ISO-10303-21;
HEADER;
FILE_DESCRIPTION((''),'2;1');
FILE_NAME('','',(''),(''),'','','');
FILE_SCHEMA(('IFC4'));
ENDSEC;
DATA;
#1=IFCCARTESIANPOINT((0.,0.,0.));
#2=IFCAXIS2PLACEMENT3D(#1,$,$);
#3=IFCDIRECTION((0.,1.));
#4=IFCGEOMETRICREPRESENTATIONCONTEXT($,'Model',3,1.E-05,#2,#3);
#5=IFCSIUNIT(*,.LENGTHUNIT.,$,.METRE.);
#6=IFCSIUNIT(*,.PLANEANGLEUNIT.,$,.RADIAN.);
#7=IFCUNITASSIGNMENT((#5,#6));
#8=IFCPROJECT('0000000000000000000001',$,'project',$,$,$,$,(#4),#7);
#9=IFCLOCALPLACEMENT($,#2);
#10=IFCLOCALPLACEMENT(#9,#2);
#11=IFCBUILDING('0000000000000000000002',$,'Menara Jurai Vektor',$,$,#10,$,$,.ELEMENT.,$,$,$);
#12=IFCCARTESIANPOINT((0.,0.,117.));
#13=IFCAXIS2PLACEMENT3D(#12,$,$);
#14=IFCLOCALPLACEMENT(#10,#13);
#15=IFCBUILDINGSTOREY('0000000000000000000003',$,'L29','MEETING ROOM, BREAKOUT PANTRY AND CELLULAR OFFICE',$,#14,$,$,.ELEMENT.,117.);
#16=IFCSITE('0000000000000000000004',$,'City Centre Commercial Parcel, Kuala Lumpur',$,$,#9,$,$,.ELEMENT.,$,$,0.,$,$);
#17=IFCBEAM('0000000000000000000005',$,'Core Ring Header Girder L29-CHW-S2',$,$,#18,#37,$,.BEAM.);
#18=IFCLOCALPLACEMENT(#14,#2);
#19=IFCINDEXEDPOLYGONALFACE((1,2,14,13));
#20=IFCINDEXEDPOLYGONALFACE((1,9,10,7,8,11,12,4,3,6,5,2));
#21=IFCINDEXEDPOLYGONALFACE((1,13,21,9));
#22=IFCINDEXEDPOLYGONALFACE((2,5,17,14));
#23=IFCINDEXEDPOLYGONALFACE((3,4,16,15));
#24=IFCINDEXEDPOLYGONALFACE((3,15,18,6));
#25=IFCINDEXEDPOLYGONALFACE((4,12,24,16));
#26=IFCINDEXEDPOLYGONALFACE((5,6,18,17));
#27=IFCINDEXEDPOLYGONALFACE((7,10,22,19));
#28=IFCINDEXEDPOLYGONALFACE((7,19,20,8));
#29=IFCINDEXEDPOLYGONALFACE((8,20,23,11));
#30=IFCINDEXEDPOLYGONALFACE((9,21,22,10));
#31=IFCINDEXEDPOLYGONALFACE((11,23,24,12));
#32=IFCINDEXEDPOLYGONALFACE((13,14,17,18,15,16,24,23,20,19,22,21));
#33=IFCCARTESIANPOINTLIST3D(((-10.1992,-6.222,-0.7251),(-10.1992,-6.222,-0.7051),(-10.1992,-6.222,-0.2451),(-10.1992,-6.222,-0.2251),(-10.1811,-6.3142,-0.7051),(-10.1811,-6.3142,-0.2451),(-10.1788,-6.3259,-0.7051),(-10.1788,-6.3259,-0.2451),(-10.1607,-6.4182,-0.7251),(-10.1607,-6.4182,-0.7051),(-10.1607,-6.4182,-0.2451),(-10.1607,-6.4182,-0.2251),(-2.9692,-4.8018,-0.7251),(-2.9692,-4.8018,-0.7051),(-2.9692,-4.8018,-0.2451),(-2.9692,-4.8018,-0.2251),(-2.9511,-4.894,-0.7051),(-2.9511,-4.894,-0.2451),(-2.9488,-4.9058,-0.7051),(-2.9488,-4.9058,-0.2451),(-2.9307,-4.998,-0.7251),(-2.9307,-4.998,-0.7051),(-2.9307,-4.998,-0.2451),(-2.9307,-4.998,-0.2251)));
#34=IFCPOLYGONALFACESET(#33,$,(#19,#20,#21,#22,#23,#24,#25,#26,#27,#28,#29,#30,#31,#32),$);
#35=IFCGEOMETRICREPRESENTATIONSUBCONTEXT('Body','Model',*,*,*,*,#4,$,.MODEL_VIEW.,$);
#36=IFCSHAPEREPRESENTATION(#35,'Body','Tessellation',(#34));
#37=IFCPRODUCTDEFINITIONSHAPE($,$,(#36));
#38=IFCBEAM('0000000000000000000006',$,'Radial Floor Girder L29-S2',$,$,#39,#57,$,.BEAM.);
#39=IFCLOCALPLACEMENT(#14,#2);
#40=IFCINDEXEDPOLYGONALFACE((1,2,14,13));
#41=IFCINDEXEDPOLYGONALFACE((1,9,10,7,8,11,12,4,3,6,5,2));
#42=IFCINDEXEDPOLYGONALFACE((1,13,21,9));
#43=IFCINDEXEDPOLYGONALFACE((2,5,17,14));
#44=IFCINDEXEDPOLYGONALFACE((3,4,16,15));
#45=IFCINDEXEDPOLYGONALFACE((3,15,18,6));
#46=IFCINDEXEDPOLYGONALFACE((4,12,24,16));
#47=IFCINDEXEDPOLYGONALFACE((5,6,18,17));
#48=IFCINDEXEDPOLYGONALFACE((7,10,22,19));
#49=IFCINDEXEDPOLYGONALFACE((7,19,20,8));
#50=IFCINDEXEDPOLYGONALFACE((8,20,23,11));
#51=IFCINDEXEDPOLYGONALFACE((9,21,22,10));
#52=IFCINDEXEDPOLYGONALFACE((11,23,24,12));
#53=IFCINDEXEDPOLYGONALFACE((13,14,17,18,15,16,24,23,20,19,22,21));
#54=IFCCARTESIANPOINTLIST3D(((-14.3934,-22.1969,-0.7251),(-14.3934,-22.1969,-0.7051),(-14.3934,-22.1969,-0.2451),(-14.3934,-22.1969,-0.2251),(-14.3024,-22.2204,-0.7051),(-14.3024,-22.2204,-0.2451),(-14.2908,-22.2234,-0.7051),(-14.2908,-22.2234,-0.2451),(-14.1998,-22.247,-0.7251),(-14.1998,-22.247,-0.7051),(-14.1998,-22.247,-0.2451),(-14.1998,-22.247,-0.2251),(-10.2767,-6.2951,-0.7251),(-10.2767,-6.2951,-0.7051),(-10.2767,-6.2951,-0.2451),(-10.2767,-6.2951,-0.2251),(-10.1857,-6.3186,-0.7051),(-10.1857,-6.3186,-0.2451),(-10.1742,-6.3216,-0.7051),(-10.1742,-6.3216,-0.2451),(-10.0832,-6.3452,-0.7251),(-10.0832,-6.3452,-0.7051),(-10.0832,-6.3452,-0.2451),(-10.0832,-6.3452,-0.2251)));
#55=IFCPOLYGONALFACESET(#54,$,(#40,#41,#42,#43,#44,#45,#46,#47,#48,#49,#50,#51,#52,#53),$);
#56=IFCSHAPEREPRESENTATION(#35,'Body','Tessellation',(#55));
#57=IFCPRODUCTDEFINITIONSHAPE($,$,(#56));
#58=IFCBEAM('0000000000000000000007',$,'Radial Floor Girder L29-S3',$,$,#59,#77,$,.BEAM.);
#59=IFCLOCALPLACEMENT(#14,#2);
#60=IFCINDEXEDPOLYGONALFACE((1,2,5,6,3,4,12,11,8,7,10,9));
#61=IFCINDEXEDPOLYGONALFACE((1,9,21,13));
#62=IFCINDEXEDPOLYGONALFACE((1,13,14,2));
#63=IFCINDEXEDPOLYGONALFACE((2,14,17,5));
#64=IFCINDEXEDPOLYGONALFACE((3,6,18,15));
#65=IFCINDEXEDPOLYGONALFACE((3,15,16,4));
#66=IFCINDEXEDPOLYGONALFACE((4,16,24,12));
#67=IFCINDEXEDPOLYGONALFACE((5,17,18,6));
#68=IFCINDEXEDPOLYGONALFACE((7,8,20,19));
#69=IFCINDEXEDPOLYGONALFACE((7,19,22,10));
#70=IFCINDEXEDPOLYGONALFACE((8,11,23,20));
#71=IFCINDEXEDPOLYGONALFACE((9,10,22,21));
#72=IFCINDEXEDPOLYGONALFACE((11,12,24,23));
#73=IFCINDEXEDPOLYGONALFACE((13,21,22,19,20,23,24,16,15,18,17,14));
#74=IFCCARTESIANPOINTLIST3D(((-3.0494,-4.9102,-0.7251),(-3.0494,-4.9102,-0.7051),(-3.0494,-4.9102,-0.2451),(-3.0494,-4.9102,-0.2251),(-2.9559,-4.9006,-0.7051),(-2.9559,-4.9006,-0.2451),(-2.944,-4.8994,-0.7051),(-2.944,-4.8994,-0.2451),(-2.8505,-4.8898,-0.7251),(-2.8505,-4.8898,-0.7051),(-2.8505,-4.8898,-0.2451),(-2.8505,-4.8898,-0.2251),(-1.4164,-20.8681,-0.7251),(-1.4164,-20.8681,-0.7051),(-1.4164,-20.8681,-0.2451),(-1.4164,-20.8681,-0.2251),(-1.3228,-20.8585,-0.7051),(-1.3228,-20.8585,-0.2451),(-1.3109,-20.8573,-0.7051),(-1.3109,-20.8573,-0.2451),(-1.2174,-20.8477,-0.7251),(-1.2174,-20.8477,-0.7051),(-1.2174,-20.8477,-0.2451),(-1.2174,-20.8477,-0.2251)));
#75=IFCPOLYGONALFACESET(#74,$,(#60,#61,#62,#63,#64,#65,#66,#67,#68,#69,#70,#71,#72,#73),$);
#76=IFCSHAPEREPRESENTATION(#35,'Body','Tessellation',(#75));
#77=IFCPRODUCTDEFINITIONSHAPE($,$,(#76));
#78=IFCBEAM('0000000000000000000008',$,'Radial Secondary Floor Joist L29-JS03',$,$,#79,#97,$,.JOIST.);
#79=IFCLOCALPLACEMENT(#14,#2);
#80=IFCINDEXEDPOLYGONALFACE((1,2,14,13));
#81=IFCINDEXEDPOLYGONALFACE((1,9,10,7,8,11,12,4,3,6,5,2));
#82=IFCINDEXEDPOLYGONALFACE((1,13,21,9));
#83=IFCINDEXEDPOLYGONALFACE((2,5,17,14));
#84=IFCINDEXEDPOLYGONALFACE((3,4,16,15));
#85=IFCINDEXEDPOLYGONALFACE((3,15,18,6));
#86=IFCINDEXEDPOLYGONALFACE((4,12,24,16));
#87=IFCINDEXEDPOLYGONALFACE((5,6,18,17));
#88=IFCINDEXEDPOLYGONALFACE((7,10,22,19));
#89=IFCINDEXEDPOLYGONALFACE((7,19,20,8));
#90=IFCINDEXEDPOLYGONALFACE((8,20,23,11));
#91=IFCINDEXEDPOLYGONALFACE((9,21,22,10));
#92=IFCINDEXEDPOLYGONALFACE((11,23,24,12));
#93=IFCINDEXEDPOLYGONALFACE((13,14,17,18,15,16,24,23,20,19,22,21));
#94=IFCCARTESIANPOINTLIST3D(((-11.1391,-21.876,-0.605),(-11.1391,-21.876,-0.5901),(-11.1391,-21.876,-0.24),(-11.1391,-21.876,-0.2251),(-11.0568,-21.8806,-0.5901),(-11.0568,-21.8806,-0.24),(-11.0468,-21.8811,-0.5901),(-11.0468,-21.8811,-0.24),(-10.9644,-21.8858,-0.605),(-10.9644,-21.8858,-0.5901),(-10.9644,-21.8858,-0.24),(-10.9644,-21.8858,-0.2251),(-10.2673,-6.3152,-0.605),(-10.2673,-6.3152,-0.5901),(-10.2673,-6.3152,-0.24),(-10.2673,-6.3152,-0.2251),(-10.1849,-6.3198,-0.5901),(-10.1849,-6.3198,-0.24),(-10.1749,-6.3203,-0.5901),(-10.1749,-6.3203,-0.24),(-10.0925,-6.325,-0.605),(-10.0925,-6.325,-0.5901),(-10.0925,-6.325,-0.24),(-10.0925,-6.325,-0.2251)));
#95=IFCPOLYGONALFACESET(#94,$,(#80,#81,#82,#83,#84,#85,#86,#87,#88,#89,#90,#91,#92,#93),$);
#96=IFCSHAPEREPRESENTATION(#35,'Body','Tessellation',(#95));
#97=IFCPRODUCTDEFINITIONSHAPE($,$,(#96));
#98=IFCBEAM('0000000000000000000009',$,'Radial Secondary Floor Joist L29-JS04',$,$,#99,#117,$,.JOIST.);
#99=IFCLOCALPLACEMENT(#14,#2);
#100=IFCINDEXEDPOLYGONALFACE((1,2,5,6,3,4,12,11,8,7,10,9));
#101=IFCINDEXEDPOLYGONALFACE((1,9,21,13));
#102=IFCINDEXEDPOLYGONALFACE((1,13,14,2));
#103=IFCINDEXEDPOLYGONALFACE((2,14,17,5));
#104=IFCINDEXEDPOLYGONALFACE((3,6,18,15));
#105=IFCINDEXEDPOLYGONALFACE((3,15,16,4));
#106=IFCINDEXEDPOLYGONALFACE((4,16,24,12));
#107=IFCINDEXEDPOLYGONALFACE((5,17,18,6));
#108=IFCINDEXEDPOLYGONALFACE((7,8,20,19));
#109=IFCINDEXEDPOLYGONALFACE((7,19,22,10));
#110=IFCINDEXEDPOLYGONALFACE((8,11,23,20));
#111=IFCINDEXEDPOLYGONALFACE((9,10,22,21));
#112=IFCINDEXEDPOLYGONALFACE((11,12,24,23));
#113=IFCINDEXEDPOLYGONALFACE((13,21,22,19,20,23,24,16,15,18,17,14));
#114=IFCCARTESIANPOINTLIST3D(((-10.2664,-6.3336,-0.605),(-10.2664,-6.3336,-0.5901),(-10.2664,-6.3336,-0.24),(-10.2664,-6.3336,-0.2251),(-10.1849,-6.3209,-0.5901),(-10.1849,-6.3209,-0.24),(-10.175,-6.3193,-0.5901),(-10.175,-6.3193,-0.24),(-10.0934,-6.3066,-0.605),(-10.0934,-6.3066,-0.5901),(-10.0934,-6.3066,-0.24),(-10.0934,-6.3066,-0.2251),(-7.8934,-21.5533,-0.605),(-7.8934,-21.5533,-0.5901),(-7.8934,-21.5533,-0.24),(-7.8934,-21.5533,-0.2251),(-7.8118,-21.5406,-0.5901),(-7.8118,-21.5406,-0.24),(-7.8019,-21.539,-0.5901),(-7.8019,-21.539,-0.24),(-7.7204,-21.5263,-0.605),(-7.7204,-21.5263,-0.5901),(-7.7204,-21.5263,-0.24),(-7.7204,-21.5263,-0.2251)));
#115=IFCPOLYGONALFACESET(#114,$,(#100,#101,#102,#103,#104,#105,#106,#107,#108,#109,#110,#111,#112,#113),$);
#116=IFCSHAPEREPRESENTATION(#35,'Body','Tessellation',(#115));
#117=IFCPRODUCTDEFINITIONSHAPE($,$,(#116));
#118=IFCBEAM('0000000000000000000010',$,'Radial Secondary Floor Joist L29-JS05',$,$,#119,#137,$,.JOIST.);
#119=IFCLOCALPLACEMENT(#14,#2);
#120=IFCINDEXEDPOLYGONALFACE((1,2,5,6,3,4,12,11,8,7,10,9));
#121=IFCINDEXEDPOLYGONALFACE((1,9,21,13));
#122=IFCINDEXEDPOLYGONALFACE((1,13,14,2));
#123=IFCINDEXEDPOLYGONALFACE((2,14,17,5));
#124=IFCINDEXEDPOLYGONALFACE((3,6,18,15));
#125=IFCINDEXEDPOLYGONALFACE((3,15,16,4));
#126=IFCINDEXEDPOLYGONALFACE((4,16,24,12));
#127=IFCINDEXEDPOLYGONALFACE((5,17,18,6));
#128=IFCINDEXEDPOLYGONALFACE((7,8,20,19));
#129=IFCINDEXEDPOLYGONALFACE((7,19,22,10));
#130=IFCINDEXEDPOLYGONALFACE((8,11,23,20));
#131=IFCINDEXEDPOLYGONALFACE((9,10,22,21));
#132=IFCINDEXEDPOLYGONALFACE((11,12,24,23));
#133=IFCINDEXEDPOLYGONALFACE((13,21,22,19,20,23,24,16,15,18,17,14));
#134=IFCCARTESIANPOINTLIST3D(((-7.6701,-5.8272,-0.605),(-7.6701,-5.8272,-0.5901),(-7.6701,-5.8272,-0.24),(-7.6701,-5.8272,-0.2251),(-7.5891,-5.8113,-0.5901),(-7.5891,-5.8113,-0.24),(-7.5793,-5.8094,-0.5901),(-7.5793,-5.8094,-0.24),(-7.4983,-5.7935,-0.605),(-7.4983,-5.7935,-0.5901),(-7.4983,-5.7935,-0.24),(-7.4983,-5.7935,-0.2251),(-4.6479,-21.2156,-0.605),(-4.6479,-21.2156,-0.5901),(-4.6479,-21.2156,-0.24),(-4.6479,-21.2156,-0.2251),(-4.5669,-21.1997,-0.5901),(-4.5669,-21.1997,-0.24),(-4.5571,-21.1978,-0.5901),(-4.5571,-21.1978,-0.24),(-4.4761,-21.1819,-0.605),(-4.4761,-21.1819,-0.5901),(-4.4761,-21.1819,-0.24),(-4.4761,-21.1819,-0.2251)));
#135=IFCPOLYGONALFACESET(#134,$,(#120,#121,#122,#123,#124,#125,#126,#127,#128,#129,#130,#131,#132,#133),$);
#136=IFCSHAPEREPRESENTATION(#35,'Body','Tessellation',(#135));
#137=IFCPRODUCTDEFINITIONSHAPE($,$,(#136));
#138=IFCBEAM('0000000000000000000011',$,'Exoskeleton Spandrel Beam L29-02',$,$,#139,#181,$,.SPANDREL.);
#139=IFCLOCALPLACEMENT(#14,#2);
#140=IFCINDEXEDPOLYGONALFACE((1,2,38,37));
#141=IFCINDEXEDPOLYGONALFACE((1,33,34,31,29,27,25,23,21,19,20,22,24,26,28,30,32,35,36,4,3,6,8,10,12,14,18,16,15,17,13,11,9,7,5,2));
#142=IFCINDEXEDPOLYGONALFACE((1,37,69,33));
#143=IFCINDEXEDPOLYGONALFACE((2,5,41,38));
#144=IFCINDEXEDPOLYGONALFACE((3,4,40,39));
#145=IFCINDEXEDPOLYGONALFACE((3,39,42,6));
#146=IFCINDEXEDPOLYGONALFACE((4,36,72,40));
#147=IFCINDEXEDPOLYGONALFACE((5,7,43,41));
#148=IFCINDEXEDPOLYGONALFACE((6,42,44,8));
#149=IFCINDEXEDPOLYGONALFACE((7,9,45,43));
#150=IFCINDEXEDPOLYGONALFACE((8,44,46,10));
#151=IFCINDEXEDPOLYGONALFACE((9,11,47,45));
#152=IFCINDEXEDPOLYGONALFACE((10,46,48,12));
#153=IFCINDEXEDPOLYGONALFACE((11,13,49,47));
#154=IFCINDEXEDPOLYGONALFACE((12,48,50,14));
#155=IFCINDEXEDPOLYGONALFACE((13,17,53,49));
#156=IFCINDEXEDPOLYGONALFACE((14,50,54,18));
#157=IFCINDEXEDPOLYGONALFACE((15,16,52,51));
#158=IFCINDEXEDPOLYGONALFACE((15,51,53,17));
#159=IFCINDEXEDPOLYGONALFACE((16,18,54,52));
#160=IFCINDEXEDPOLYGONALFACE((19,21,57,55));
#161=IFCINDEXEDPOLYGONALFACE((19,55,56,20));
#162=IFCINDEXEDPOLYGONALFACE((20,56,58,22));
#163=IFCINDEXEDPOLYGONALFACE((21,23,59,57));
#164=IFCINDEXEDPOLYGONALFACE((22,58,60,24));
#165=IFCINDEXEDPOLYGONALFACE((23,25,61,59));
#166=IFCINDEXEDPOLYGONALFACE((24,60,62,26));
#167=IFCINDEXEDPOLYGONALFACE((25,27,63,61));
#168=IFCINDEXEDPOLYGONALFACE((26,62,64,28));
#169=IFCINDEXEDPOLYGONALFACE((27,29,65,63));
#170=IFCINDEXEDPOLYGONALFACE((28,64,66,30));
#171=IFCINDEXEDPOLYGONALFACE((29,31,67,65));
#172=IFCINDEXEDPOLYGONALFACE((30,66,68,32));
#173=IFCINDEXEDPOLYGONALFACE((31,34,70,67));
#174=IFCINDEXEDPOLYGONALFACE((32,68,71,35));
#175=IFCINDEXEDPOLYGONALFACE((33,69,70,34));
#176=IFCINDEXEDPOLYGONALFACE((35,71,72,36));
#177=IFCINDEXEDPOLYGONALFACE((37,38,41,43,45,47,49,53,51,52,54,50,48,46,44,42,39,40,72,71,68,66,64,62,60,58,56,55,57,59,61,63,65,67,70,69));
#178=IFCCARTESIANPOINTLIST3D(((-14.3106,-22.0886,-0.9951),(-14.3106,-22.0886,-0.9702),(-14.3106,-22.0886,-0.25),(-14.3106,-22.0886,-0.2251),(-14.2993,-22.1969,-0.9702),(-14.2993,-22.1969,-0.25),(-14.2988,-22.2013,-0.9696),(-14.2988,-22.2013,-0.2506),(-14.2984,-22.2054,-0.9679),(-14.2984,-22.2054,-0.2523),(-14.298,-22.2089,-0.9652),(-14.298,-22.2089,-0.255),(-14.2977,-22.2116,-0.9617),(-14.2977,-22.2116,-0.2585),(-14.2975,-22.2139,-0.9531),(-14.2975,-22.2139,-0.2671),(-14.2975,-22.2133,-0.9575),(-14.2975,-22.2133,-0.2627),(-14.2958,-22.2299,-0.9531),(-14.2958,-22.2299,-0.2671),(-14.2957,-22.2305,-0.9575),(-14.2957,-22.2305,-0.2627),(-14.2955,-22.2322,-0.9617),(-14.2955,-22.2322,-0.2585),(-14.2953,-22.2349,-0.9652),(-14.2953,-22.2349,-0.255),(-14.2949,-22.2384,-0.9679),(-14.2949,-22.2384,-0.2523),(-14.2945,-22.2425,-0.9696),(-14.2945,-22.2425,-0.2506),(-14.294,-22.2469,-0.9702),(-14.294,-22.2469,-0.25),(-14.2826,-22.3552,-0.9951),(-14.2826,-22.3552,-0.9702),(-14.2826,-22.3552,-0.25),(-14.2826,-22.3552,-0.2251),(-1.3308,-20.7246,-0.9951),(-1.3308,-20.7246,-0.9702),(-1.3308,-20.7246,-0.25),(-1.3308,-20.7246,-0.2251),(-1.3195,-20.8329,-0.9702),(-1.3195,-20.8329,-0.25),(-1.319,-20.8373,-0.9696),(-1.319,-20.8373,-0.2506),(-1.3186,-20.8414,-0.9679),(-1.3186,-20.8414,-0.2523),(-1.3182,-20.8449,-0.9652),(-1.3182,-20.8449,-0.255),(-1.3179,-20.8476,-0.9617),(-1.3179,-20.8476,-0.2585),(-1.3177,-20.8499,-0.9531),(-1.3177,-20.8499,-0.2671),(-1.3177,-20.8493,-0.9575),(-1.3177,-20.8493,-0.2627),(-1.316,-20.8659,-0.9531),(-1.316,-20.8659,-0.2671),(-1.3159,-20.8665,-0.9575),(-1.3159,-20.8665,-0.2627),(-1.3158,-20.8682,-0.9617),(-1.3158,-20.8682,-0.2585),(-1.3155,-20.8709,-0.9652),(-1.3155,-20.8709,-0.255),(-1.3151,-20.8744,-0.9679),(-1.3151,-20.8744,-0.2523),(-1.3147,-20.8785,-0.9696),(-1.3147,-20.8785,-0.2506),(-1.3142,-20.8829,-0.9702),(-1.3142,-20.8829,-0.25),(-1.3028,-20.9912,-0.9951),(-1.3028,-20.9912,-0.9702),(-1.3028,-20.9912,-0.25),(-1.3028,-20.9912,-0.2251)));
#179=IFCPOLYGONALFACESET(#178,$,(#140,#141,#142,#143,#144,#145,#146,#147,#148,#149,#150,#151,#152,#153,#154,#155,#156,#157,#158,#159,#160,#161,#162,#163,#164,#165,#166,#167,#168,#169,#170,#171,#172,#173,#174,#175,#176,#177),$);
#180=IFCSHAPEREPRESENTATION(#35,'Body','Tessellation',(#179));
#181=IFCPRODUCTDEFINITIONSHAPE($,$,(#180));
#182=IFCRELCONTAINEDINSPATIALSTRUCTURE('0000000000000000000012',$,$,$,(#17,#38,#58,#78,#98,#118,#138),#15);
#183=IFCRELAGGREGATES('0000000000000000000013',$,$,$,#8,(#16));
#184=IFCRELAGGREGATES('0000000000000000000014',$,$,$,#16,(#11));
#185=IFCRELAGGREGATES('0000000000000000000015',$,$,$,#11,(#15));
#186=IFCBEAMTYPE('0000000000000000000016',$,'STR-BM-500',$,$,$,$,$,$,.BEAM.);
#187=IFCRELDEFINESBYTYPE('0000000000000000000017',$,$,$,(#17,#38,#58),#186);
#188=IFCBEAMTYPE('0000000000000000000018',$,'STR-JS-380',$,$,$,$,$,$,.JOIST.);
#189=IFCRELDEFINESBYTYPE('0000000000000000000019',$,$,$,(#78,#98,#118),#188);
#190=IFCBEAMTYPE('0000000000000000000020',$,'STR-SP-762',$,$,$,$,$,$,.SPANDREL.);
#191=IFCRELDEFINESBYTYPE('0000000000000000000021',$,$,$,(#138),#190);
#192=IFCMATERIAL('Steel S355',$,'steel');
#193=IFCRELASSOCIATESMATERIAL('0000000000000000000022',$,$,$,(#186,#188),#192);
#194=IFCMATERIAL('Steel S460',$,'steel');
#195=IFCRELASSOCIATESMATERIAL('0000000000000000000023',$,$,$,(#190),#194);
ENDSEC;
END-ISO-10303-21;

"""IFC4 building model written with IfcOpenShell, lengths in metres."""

from ifc_helpers import new_model, si_unit, direction, frame, origin, origin_2d, place, context, subcontext, project, spatial, i_section, extrude, material, material_profile, profile_set, type_object, element, save


model = new_model("IFC4")

# Units and contexts
model_context = context("Model", 3, precision=1e-05, world=origin(), true_north=direction((0.0, 1.0)))
body_context = subcontext(model_context, "Body", "Model", "MODEL_VIEW")
ifc_project = project(units=[si_unit("LENGTHUNIT", "METRE"), si_unit("PLANEANGLEUNIT", "RADIAN")], contexts=[model_context])

# Site, building, storey
site_placement = place(None, origin())
site = spatial("IfcSite", under=ifc_project, at=site_placement, Name="City Centre Commercial Parcel, Kuala Lumpur", CompositionType="ELEMENT", RefElevation=0.0)
building_placement = place(site_placement, origin())
building = spatial("IfcBuilding", under=site, at=building_placement, Name="Menara Jurai Vektor", CompositionType="ELEMENT")
storey_placement = place(building_placement, frame((0.0, 0.0, 117.0)))
storey = spatial("IfcBuildingStorey", under=building, at=storey_placement, Name="L29", Description="MEETING ROOM, BREAKOUT PANTRY AND CELLULAR OFFICE", CompositionType="ELEMENT", Elevation=117.0)

# Shared definitions
ifc_material_1 = material(Name="Steel S460", Category="steel")

# Beams
ifc_material_2 = material(Name="Steel S355", Category="steel")
ifc_material_profile_1 = material_profile(ifc_material_2, i_section(OverallWidth=0.2, OverallDepth=0.5, WebThickness=0.012, FlangeThickness=0.02, at=origin_2d()), Name="PG 500x200x96")
ifc_profile_set_1 = profile_set([ifc_material_profile_1], Name="Steel S355")
beam_type_1 = type_object("IfcBeamType", Name="STR-BM-500", PredefinedType="BEAM", material=ifc_profile_set_1)
beam_1_placement = place(storey_placement, frame((-10.1799, -6.3201, -0.4751), z_axis=(0.981249, 0.192744, 0.0), x_axis=(-0.192744, 0.981249, 0.0)))
element("IfcBeam", 1, at=beam_1_placement, inside=storey, type_object=beam_type_1, Name="Core Ring Header Girder L29-CHW-S2", PredefinedType="BEAM", context=body_context, shape_type="SweptSolid", body=[
    extrude(i_section(OverallWidth=0.2, OverallDepth=0.5, WebThickness=0.012, FlangeThickness=0.02, at=origin_2d()), origin(), (0.0, 0.0, 1.0), 7.3682),
])
beam_2_placement = place(storey_placement, frame((-14.2966, -22.2219, -0.4751), z_axis=(0.25062, 0.968086, 0.0), x_axis=(-0.968086, 0.25062, 0.0)))
element("IfcBeam", 2, at=beam_2_placement, inside=storey, type_object=beam_type_1, Name="Radial Floor Girder L29-S2", PredefinedType="BEAM", context=body_context, shape_type="SweptSolid", body=[
    extrude(i_section(OverallWidth=0.2, OverallDepth=0.5, WebThickness=0.012, FlangeThickness=0.02, at=origin_2d()), origin(), (0.0, 0.0, 1.0), 16.426),
])
beam_3_placement = place(storey_placement, frame((-1.3169, -20.8579, -0.4751), z_axis=(-0.101803, 0.994805, 0.0), x_axis=(-0.994805, -0.101803, 0.0)))
element("IfcBeam", 3, at=beam_3_placement, inside=storey, type_object=beam_type_1, Name="Radial Floor Girder L29-S3", PredefinedType="BEAM", context=body_context, shape_type="SweptSolid", body=[
    extrude(i_section(OverallWidth=0.2, OverallDepth=0.5, WebThickness=0.012, FlangeThickness=0.02, at=origin_2d()), origin(), (0.0, 0.0, 1.0), 16.0413),
])
ifc_material_profile_2 = material_profile(ifc_material_2, i_section(OverallWidth=0.175, OverallDepth=0.3799, WebThickness=0.01, FlangeThickness=0.0149, at=origin_2d()), Name="PG 380x175x58")
ifc_profile_set_2 = profile_set([ifc_material_profile_2], Name="Steel S355")
beam_type_2 = type_object("IfcBeamType", Name="STR-JS-380", PredefinedType="JOIST", material=ifc_profile_set_2)
beam_4_placement = place(storey_placement, frame((-11.0518, -21.8809, -0.415), z_axis=(0.055939, 0.998434, 0.0), x_axis=(-0.998434, 0.055939, 0.0)))
element("IfcBeam", 4, at=beam_4_placement, inside=storey, type_object=beam_type_2, Name="Radial Secondary Floor Joist L29-JS03", PredefinedType="JOIST", context=body_context, shape_type="SweptSolid", body=[
    extrude(i_section(OverallWidth=0.175, OverallDepth=0.3799, WebThickness=0.01, FlangeThickness=0.0149, at=origin_2d()), origin(), (0.0, 0.0, 1.0), 15.5852),
])
beam_5_placement = place(storey_placement, frame((-7.8069, -21.5398, -0.415), z_axis=(-0.154058, 0.988062, 0.0), x_axis=(-0.988062, -0.154058, 0.0)))
element("IfcBeam", 5, at=beam_5_placement, inside=storey, type_object=beam_type_2, Name="Radial Secondary Floor Joist L29-JS04", PredefinedType="JOIST", context=body_context, shape_type="SweptSolid", body=[
    extrude(i_section(OverallWidth=0.175, OverallDepth=0.3799, WebThickness=0.01, FlangeThickness=0.0149, at=origin_2d()), origin(), (0.0, 0.0, 1.0), 15.4036),
])
beam_6_placement = place(storey_placement, frame((-4.562, -21.1987, -0.415), z_axis=(-0.192714, 0.981255, 0.0), x_axis=(-0.981255, -0.192714, 0.0)))
element("IfcBeam", 6, at=beam_6_placement, inside=storey, type_object=beam_type_2, Name="Radial Secondary Floor Joist L29-JS05", PredefinedType="JOIST", context=body_context, shape_type="SweptSolid", body=[
    extrude(i_section(OverallWidth=0.175, OverallDepth=0.3799, WebThickness=0.01, FlangeThickness=0.0149, at=origin_2d()), origin(), (0.0, 0.0, 1.0), 15.6824),
])
ifc_material_profile_3 = material_profile(ifc_material_1, i_section(OverallWidth=0.2681, OverallDepth=0.77, WebThickness=0.0161, FlangeThickness=0.0249, FilletRadius=0.0171, at=origin_2d()), Name="UKB 762x267x197")
ifc_profile_set_3 = profile_set([ifc_material_profile_3], Name="Steel S460")
beam_type_3 = type_object("IfcBeamType", Name="STR-SP-762", PredefinedType="SPANDREL", material=ifc_profile_set_3)
beam_7_placement = place(storey_placement, frame((-14.2966, -22.2219, -0.6101), z_axis=(0.994524, 0.104512, 0.0), x_axis=(-0.104512, 0.994524, 0.0)))
element("IfcBeam", 7, at=beam_7_placement, inside=storey, type_object=beam_type_3, Name="Exoskeleton Spandrel Beam L29-02", PredefinedType="SPANDREL", context=body_context, shape_type="SweptSolid", body=[
    extrude(i_section(OverallWidth=0.2681, OverallDepth=0.77, WebThickness=0.0161, FlangeThickness=0.0249, FilletRadius=0.0171, at=origin_2d()), origin(), (0.0, 0.0, 1.0), 13.0513),
])

save(model, "model.ifc")
